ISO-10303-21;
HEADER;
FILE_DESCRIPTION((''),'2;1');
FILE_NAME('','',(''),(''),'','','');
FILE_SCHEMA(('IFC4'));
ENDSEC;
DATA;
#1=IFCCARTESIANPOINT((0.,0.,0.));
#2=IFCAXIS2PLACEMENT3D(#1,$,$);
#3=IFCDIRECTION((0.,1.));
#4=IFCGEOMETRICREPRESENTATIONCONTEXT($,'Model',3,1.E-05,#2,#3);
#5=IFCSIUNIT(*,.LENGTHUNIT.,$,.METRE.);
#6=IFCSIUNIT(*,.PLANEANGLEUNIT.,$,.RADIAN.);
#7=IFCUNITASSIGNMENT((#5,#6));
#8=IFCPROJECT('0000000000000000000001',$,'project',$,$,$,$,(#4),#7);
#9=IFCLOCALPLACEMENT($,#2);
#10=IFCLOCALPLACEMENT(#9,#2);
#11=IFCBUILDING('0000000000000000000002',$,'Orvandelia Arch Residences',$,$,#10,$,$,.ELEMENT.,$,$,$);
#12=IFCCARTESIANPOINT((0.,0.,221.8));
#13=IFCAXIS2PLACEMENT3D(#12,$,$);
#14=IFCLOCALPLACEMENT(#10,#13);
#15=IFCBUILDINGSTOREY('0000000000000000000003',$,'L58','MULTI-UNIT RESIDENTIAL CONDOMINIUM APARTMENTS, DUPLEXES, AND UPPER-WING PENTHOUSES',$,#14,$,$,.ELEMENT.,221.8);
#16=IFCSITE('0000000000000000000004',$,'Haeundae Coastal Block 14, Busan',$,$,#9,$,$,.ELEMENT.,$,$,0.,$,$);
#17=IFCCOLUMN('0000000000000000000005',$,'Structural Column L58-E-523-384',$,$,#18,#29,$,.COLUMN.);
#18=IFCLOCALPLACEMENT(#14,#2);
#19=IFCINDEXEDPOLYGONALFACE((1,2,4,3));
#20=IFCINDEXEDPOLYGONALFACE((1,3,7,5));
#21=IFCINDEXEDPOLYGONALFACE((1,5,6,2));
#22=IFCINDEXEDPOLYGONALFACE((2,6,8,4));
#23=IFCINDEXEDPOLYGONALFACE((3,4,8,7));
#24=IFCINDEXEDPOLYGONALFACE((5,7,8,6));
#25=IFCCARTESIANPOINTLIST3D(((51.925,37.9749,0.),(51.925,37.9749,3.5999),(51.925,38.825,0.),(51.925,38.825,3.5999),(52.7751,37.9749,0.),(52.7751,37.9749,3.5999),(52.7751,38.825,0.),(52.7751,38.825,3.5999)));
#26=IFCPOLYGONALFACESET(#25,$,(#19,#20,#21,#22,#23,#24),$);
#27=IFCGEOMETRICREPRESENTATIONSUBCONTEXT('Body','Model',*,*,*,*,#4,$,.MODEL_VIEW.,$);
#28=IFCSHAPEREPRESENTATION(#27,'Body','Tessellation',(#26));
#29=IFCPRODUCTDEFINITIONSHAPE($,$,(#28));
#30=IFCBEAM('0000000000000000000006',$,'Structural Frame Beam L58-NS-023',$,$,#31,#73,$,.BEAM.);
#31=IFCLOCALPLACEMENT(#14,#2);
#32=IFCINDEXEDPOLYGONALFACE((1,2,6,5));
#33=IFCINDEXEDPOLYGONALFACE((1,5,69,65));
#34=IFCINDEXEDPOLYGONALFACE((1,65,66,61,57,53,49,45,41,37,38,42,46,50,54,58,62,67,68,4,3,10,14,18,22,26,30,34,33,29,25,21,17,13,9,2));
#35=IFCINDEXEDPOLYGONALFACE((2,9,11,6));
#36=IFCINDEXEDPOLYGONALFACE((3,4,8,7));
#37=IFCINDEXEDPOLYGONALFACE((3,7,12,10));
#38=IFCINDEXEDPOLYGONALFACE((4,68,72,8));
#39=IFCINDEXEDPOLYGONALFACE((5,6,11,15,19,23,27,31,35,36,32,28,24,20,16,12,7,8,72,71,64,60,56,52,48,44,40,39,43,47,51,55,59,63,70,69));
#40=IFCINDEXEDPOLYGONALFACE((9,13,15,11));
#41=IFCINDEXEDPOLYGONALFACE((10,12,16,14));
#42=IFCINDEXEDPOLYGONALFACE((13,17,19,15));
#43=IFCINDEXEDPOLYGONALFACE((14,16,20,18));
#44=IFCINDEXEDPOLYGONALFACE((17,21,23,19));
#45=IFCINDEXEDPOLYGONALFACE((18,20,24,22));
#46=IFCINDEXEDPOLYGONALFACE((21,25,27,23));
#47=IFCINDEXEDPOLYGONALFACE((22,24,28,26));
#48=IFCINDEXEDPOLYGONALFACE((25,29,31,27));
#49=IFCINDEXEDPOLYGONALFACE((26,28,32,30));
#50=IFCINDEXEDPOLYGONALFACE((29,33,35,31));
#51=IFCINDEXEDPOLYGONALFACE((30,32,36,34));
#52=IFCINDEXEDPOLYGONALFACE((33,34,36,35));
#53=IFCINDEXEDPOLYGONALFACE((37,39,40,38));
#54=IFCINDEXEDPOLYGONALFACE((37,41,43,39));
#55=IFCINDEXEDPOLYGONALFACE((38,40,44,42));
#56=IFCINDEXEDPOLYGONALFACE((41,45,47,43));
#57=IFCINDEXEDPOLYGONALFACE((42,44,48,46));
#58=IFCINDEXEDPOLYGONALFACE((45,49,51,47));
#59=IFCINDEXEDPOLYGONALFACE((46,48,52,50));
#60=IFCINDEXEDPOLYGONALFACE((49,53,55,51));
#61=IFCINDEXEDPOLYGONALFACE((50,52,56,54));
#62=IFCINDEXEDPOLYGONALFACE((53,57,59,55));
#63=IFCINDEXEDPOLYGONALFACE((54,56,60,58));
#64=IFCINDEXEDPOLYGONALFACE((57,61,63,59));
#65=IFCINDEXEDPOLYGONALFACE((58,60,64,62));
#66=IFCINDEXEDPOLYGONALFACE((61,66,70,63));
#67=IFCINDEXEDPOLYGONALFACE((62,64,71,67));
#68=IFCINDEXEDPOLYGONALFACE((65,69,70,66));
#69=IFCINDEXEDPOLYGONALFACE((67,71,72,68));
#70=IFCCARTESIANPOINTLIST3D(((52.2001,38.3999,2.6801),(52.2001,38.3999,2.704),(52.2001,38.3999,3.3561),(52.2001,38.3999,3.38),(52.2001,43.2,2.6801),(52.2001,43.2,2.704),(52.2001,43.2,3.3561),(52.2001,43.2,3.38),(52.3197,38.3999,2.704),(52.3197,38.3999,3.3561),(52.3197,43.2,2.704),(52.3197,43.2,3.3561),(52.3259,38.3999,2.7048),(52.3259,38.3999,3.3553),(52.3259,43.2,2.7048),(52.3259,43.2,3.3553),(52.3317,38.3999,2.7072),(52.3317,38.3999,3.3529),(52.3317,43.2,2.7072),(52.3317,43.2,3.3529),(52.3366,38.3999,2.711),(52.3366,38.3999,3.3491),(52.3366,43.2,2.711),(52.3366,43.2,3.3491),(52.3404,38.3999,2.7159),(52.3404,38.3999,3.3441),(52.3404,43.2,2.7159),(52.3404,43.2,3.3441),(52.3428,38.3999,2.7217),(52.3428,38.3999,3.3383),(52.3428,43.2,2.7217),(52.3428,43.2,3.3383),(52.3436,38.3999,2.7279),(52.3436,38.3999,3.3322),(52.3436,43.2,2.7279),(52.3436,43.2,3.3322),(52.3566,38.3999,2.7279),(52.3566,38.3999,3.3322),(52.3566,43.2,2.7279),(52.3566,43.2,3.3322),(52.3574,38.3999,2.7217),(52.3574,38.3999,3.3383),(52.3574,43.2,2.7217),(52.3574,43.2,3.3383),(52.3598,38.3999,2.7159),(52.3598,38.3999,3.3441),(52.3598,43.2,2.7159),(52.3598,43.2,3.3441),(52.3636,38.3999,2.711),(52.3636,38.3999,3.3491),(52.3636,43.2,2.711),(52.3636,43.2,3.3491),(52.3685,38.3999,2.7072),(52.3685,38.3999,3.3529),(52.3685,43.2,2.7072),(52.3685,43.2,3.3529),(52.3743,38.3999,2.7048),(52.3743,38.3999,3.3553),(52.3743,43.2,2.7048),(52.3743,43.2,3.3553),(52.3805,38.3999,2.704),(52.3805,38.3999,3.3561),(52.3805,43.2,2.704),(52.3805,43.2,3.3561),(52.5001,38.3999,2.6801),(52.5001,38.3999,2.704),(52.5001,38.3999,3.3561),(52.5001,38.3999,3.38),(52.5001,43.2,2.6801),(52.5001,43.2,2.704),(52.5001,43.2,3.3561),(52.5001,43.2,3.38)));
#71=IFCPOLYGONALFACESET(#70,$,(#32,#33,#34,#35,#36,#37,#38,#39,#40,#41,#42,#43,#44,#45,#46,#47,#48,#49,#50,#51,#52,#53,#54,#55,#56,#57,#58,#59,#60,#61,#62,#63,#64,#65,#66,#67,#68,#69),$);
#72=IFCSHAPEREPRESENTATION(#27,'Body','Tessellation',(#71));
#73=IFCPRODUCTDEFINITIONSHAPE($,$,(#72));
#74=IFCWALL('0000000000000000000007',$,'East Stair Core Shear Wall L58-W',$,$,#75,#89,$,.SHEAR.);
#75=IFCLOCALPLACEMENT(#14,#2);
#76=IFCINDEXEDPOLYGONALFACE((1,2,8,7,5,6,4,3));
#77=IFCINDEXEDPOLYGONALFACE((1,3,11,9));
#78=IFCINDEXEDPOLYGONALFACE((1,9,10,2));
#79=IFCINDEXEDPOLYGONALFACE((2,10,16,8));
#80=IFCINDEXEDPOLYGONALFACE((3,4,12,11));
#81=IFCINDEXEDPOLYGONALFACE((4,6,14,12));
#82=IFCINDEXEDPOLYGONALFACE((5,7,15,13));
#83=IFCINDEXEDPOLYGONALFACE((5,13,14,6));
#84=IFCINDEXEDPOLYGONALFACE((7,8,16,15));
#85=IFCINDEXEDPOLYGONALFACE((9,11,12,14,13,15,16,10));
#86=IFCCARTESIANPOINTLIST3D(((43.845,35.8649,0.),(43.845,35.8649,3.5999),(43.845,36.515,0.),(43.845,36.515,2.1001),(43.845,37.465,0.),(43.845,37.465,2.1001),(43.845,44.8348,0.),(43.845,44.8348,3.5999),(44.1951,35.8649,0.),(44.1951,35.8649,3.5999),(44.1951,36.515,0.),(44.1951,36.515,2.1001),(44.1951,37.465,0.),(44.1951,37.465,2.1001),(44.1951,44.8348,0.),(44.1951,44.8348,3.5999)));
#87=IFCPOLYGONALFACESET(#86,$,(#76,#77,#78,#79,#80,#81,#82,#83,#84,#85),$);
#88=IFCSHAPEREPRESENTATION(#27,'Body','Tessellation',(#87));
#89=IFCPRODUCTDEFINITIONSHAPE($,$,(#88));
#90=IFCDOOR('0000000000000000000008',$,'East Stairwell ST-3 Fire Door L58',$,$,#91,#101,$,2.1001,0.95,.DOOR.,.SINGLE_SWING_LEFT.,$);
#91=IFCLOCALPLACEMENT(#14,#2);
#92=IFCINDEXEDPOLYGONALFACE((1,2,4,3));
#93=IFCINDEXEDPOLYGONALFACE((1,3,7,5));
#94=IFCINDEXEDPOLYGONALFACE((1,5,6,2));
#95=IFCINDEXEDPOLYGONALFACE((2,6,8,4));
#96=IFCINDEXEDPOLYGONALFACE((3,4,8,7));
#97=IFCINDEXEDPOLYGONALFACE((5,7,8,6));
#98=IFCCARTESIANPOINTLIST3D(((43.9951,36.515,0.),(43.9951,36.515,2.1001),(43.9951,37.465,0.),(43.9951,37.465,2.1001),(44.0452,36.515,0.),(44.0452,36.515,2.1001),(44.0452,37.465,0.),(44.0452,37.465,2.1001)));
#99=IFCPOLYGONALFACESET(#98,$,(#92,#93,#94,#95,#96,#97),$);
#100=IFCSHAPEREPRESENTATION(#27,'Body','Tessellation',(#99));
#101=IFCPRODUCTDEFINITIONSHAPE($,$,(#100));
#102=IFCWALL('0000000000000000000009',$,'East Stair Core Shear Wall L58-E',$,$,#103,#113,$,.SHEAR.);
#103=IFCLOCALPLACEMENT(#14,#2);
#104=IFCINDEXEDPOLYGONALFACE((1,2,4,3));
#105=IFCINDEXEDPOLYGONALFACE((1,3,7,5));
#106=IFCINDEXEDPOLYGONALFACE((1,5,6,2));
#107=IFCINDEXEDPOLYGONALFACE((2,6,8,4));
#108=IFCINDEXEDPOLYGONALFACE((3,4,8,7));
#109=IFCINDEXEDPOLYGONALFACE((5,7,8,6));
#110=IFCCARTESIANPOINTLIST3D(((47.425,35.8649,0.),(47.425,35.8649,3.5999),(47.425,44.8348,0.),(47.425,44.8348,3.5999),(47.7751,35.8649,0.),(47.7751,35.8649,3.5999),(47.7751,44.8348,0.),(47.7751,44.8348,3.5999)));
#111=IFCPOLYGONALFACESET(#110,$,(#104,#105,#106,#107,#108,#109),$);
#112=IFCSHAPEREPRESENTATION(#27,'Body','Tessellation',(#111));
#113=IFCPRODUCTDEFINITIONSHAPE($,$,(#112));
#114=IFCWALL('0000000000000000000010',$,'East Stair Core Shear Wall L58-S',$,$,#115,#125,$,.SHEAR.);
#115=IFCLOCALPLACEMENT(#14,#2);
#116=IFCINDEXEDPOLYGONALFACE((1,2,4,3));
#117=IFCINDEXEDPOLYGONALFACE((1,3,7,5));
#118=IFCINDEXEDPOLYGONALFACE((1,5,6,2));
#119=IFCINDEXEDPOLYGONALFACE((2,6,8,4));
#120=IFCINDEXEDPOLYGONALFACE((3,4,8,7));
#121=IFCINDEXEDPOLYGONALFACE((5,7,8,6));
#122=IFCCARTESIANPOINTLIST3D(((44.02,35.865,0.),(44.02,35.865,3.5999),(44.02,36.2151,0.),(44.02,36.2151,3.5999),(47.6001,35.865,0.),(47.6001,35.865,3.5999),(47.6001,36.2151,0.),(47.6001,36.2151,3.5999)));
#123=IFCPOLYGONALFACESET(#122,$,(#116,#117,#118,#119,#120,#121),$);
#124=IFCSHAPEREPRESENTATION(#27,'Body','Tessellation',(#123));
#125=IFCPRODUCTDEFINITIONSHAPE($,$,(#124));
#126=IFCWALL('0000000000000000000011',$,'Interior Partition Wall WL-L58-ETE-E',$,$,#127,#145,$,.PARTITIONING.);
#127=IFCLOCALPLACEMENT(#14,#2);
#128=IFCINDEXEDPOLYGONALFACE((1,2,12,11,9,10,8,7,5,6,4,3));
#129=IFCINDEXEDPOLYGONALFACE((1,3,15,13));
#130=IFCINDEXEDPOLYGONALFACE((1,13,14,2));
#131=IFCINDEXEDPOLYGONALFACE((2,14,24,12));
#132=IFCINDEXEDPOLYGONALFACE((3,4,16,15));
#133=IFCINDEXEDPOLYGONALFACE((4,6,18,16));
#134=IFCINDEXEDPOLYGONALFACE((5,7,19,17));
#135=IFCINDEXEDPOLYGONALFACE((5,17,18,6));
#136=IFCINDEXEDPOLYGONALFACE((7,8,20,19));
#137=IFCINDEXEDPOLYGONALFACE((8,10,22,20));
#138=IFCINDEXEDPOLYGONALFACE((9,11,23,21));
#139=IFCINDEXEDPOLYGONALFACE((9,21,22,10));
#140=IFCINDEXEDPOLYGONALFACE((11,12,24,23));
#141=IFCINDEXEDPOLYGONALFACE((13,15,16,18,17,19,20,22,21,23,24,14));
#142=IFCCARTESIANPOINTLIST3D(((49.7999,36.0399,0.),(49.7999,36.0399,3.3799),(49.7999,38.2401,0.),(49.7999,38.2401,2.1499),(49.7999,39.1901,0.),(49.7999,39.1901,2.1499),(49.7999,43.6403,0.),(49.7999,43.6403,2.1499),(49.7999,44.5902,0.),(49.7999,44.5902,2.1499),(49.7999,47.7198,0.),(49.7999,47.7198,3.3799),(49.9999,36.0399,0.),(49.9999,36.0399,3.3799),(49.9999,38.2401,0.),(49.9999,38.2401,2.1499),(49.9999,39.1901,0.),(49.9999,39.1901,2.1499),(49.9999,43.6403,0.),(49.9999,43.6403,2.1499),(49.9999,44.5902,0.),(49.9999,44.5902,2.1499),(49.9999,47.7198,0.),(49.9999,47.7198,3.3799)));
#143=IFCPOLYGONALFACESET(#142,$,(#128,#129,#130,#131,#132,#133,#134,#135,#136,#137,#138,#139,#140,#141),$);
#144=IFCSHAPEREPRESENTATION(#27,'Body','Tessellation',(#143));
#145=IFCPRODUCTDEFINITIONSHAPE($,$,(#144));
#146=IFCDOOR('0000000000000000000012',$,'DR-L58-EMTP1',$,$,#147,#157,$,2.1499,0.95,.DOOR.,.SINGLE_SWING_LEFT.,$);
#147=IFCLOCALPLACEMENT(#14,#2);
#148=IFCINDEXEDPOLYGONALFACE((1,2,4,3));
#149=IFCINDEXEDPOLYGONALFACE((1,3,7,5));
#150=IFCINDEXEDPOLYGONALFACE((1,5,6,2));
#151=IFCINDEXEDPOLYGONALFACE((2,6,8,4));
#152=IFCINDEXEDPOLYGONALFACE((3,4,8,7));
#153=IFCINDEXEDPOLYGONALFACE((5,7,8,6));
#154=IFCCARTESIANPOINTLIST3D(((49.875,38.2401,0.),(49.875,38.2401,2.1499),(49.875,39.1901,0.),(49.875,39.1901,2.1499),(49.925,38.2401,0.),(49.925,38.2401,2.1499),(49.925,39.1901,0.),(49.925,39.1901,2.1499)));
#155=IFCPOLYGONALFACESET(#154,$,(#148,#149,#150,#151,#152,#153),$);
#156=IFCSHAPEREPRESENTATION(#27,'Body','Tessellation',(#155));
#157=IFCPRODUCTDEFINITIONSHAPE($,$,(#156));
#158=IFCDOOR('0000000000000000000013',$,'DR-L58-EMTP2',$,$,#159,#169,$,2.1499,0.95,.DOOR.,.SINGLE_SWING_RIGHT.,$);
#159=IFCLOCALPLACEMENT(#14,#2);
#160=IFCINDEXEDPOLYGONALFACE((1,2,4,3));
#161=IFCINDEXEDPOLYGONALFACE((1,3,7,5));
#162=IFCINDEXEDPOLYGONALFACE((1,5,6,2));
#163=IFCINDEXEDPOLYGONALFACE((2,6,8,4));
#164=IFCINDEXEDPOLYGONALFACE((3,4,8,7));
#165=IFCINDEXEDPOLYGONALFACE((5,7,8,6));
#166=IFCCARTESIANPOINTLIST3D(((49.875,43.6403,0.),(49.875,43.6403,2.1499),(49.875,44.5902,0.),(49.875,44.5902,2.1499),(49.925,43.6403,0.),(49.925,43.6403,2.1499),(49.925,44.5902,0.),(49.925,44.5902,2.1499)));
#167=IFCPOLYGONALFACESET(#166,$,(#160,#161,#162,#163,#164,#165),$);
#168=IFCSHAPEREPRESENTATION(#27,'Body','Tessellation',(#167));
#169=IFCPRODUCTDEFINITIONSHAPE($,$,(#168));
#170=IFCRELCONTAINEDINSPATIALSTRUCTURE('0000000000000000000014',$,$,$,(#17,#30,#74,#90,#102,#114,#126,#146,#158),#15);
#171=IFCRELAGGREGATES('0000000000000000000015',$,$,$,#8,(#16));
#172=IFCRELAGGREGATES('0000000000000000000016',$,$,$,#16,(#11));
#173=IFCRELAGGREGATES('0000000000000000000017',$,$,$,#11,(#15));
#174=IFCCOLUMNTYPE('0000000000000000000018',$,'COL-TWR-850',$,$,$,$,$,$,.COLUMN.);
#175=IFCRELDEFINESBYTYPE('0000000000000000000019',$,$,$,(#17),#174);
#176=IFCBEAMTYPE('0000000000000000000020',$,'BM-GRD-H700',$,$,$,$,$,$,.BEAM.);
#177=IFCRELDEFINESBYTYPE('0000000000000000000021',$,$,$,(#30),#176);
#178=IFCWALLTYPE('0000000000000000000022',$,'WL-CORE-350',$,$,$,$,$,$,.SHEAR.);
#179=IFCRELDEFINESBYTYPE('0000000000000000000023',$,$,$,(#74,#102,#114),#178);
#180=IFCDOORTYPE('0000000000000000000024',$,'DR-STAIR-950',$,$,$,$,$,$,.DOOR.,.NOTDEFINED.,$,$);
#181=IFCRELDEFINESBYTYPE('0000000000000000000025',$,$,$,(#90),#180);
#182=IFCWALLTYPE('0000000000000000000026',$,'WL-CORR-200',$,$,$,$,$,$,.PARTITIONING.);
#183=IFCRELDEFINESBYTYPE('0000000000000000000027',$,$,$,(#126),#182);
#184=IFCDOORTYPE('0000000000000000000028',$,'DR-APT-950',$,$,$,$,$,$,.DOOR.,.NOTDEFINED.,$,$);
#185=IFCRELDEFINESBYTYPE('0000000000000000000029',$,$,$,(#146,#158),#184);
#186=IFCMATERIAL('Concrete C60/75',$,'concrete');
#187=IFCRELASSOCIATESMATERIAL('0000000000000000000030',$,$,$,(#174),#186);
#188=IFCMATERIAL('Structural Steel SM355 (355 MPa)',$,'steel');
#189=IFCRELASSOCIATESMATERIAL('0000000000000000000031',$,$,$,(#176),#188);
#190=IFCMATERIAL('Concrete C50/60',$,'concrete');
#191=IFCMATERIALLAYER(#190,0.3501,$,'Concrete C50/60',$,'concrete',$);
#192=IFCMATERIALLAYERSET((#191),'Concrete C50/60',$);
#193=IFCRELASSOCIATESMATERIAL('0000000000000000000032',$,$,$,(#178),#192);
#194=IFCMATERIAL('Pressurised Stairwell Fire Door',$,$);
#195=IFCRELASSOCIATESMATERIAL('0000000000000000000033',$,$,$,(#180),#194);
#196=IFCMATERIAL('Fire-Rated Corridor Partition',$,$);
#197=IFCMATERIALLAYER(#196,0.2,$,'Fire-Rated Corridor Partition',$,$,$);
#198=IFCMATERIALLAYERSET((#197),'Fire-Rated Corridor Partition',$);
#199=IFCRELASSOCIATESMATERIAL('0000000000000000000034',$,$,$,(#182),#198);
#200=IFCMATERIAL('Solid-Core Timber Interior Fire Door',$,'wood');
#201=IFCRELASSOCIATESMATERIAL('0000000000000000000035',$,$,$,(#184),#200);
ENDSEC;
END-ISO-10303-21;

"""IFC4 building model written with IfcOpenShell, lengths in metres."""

from ifc_helpers import new_model, si_unit, direction, frame, frame_2d, origin, origin_2d, place, context, subcontext, project, spatial, rectangle, i_section, extrude, material, layer, layer_set, material_profile, profile_set, type_object, element, fill, save


model = new_model("IFC4")

# Units and contexts
model_context = context("Model", 3, precision=1e-05, world=origin(), true_north=direction((0.0, 1.0)))
body_context = subcontext(model_context, "Body", "Model", "MODEL_VIEW")
ifc_project = project(units=[si_unit("LENGTHUNIT", "METRE"), si_unit("PLANEANGLEUNIT", "RADIAN")], contexts=[model_context])

# Site, building, storey
site_placement = place(None, origin())
site = spatial("IfcSite", under=ifc_project, at=site_placement, Name="Haeundae Coastal Block 14, Busan", CompositionType="ELEMENT", RefElevation=0.0)
building_placement = place(site_placement, origin())
building = spatial("IfcBuilding", under=site, at=building_placement, Name="Orvandelia Arch Residences", CompositionType="ELEMENT")
storey_placement = place(building_placement, frame((0.0, 0.0, 221.8)))
storey = spatial("IfcBuildingStorey", under=building, at=storey_placement, Name="L58", Description="MULTI-UNIT RESIDENTIAL CONDOMINIUM APARTMENTS, DUPLEXES, AND UPPER-WING PENTHOUSES", CompositionType="ELEMENT", Elevation=221.8)

# Column
ifc_material_1 = material(Name="Concrete C60/75", Category="concrete")
ifc_material_profile_1 = material_profile(ifc_material_1, rectangle(XDim=0.8501, YDim=0.8501, at=origin_2d()), Name="Concrete C60/75", Category="concrete")
ifc_profile_set_1 = profile_set([ifc_material_profile_1], Name="Concrete C60/75")
column_type = type_object("IfcColumnType", Name="COL-TWR-850", PredefinedType="COLUMN", material=ifc_profile_set_1)
column_placement = place(storey_placement, frame((52.3501, 38.3999, 0.0), z_axis=(0.0, 0.0, 1.0), x_axis=(1.0, 0.0, 0.0)))
element("IfcColumn", 1, at=column_placement, inside=storey, type_object=column_type, Name="Structural Column L58-E-523-384", PredefinedType="COLUMN", context=body_context, shape_type="SweptSolid", body=[
    extrude(rectangle(XDim=0.8501, YDim=0.8501, at=origin_2d()), origin(), (0.0, 0.0, 1.0), 3.5999),
])

# Beam
ifc_material_2 = material(Name="Structural Steel SM355 (355 MPa)", Category="steel")
ifc_material_profile_2 = material_profile(ifc_material_2, i_section(OverallWidth=0.3, OverallDepth=0.7, WebThickness=0.0129, FlangeThickness=0.0239, FilletRadius=0.0239, at=origin_2d()), Name="Structural Steel SM355 (355 MPa)", Category="steel")
ifc_profile_set_2 = profile_set([ifc_material_profile_2], Name="Structural Steel SM355 (355 MPa)")
beam_type = type_object("IfcBeamType", Name="BM-GRD-H700", PredefinedType="BEAM", material=ifc_profile_set_2)
beam_placement = place(storey_placement, frame((52.3501, 38.3999, 3.03), z_axis=(0.0, 1.0, 0.0), x_axis=(-1.0, 0.0, 0.0)))
element("IfcBeam", 2, at=beam_placement, inside=storey, type_object=beam_type, Name="Structural Frame Beam L58-NS-023", PredefinedType="BEAM", context=body_context, shape_type="SweptSolid", body=[
    extrude(i_section(OverallWidth=0.3, OverallDepth=0.7, WebThickness=0.0129, FlangeThickness=0.0239, FilletRadius=0.0239, at=origin_2d()), origin(), (0.0, 0.0, 1.0), 4.8),
])

# Wall, opening, door
ifc_material_3 = material(Name="Concrete C50/60", Category="concrete")
ifc_layer_1 = layer(ifc_material_3, 0.3501, Name="Concrete C50/60", Category="concrete")
ifc_layer_set_1 = layer_set([ifc_layer_1], Name="Concrete C50/60")
wall_type_1 = type_object("IfcWallType", Name="WL-CORE-350", PredefinedType="SHEAR", material=ifc_layer_set_1)
wall_1_placement = place(storey_placement, frame((44.02, 35.865, 0.0), z_axis=(0.0, 0.0, 1.0), x_axis=(0.0, 1.0, 0.0)))
wall_1 = element("IfcWall", 3, at=wall_1_placement, inside=storey, type_object=wall_type_1, Name="East Stair Core Shear Wall L58-W", PredefinedType="SHEAR", context=body_context, shape_type="SweptSolid", body=[
    extrude(rectangle(XDim=8.97, YDim=0.3501, at=frame_2d((4.4849, 0.0))), origin(), (0.0, 0.0, 1.0), 3.5999),
])
opening_1_placement = place(wall_1_placement, frame((0.6499, 0.0, 0.0)))
opening_1 = element("IfcOpeningElement", 4, at=opening_1_placement, cuts=wall_1, PredefinedType="OPENING", context=body_context, shape_type="SweptSolid", body=[
    extrude(rectangle(XDim=0.95, YDim=2.1001, at=frame_2d((0.4751, 1.05))), frame((0.0, 0.1851, 0.0), z_axis=(0.0, -1.0, 0.0), x_axis=(1.0, 0.0, 0.0)), (0.0, 0.0, 1.0), 0.3701),
])
ifc_material_4 = material(Name="Pressurised Stairwell Fire Door")
door_type_1 = type_object("IfcDoorType", Name="DR-STAIR-950", OperationType="NOTDEFINED", PredefinedType="DOOR", material=ifc_material_4)
door_1_placement = place(opening_1_placement, origin())
door_1 = element("IfcDoor", 5, at=door_1_placement, inside=storey, type_object=door_type_1, Name="East Stairwell ST-3 Fire Door L58", OperationType="SINGLE_SWING_LEFT", OverallHeight=2.1001, OverallWidth=0.95, PredefinedType="DOOR", context=body_context, shape_type="SweptSolid", body=[
    extrude(rectangle(XDim=0.95, YDim=2.1001, at=frame_2d((0.4751, 1.05))), frame((0.0, 0.0249, 0.0), z_axis=(0.0, -1.0, 0.0), x_axis=(1.0, 0.0, 0.0)), (0.0, 0.0, 1.0), 0.05),
])
fill(opening_1, door_1)

# Walls
wall_2_placement = place(storey_placement, frame((47.6001, 35.865, 0.0), z_axis=(0.0, 0.0, 1.0), x_axis=(0.0, 1.0, 0.0)))
element("IfcWall", 6, at=wall_2_placement, inside=storey, type_object=wall_type_1, Name="East Stair Core Shear Wall L58-E", PredefinedType="SHEAR", context=body_context, shape_type="SweptSolid", body=[
    extrude(rectangle(XDim=8.97, YDim=0.3501, at=frame_2d((4.4849, 0.0))), origin(), (0.0, 0.0, 1.0), 3.5999),
])
wall_3_placement = place(storey_placement, frame((44.02, 36.04, 0.0), z_axis=(0.0, 0.0, 1.0), x_axis=(1.0, 0.0, 0.0)))
element("IfcWall", 7, at=wall_3_placement, inside=storey, type_object=wall_type_1, Name="East Stair Core Shear Wall L58-S", PredefinedType="SHEAR", context=body_context, shape_type="SweptSolid", body=[
    extrude(rectangle(XDim=3.5801, YDim=0.3501, at=frame_2d((1.79, 0.0))), origin(), (0.0, 0.0, 1.0), 3.5999),
])

# Wall, openings, doors
ifc_material_5 = material(Name="Fire-Rated Corridor Partition")
ifc_layer_2 = layer(ifc_material_5, 0.2, Name="Fire-Rated Corridor Partition")
ifc_layer_set_2 = layer_set([ifc_layer_2], Name="Fire-Rated Corridor Partition")
wall_type_2 = type_object("IfcWallType", Name="WL-CORR-200", PredefinedType="PARTITIONING", material=ifc_layer_set_2)
wall_4_placement = place(storey_placement, frame((49.8999, 36.04, 0.0), z_axis=(0.0, 0.0, 1.0), x_axis=(0.0, 1.0, 0.0)))
wall_4 = element("IfcWall", 8, at=wall_4_placement, inside=storey, type_object=wall_type_2, Name="Interior Partition Wall WL-L58-ETE-E", PredefinedType="PARTITIONING", context=body_context, shape_type="SweptSolid", body=[
    extrude(rectangle(XDim=11.6799, YDim=0.2, at=frame_2d((5.8398, 0.0))), origin(), (0.0, 0.0, 1.0), 3.3799),
])
opening_2_placement = place(wall_4_placement, frame((2.2, 0.0, 0.0)))
opening_2 = element("IfcOpeningElement", 9, at=opening_2_placement, cuts=wall_4, PredefinedType="OPENING", context=body_context, shape_type="SweptSolid", body=[
    extrude(rectangle(XDim=0.95, YDim=2.1499, at=frame_2d((0.4751, 1.075))), frame((0.0, 0.1099, 0.0), z_axis=(0.0, -1.0, 0.0), x_axis=(1.0, 0.0, 0.0)), (0.0, 0.0, 1.0), 0.22),
])
opening_3_placement = place(wall_4_placement, frame((7.6001, 0.0, 0.0)))
opening_3 = element("IfcOpeningElement", 10, at=opening_3_placement, cuts=wall_4, PredefinedType="OPENING", context=body_context, shape_type="SweptSolid", body=[
    extrude(rectangle(XDim=0.95, YDim=2.1499, at=frame_2d((0.4751, 1.075))), frame((0.0, 0.1099, 0.0), z_axis=(0.0, -1.0, 0.0), x_axis=(1.0, 0.0, 0.0)), (0.0, 0.0, 1.0), 0.22),
])
ifc_material_6 = material(Name="Solid-Core Timber Interior Fire Door", Category="wood")
door_type_2 = type_object("IfcDoorType", Name="DR-APT-950", OperationType="NOTDEFINED", PredefinedType="DOOR", material=ifc_material_6)
door_2_placement = place(opening_2_placement, origin())
door_2 = element("IfcDoor", 11, at=door_2_placement, inside=storey, type_object=door_type_2, Name="DR-L58-EMTP1", OperationType="SINGLE_SWING_LEFT", OverallHeight=2.1499, OverallWidth=0.95, PredefinedType="DOOR", context=body_context, shape_type="SweptSolid", body=[
    extrude(rectangle(XDim=0.95, YDim=2.1499, at=frame_2d((0.4751, 1.075))), frame((0.0, 0.0249, 0.0), z_axis=(0.0, -1.0, 0.0), x_axis=(1.0, 0.0, 0.0)), (0.0, 0.0, 1.0), 0.05),
])
fill(opening_2, door_2)
door_3_placement = place(opening_3_placement, origin())
door_3 = element("IfcDoor", 12, at=door_3_placement, inside=storey, type_object=door_type_2, Name="DR-L58-EMTP2", OperationType="SINGLE_SWING_RIGHT", OverallHeight=2.1499, OverallWidth=0.95, PredefinedType="DOOR", context=body_context, shape_type="SweptSolid", body=[
    extrude(rectangle(XDim=0.95, YDim=2.1499, at=frame_2d((0.4751, 1.075))), frame((0.0, 0.0249, 0.0), z_axis=(0.0, -1.0, 0.0), x_axis=(1.0, 0.0, 0.0)), (0.0, 0.0, 1.0), 0.05),
])
fill(opening_3, door_3)

save(model, "model.ifc")
